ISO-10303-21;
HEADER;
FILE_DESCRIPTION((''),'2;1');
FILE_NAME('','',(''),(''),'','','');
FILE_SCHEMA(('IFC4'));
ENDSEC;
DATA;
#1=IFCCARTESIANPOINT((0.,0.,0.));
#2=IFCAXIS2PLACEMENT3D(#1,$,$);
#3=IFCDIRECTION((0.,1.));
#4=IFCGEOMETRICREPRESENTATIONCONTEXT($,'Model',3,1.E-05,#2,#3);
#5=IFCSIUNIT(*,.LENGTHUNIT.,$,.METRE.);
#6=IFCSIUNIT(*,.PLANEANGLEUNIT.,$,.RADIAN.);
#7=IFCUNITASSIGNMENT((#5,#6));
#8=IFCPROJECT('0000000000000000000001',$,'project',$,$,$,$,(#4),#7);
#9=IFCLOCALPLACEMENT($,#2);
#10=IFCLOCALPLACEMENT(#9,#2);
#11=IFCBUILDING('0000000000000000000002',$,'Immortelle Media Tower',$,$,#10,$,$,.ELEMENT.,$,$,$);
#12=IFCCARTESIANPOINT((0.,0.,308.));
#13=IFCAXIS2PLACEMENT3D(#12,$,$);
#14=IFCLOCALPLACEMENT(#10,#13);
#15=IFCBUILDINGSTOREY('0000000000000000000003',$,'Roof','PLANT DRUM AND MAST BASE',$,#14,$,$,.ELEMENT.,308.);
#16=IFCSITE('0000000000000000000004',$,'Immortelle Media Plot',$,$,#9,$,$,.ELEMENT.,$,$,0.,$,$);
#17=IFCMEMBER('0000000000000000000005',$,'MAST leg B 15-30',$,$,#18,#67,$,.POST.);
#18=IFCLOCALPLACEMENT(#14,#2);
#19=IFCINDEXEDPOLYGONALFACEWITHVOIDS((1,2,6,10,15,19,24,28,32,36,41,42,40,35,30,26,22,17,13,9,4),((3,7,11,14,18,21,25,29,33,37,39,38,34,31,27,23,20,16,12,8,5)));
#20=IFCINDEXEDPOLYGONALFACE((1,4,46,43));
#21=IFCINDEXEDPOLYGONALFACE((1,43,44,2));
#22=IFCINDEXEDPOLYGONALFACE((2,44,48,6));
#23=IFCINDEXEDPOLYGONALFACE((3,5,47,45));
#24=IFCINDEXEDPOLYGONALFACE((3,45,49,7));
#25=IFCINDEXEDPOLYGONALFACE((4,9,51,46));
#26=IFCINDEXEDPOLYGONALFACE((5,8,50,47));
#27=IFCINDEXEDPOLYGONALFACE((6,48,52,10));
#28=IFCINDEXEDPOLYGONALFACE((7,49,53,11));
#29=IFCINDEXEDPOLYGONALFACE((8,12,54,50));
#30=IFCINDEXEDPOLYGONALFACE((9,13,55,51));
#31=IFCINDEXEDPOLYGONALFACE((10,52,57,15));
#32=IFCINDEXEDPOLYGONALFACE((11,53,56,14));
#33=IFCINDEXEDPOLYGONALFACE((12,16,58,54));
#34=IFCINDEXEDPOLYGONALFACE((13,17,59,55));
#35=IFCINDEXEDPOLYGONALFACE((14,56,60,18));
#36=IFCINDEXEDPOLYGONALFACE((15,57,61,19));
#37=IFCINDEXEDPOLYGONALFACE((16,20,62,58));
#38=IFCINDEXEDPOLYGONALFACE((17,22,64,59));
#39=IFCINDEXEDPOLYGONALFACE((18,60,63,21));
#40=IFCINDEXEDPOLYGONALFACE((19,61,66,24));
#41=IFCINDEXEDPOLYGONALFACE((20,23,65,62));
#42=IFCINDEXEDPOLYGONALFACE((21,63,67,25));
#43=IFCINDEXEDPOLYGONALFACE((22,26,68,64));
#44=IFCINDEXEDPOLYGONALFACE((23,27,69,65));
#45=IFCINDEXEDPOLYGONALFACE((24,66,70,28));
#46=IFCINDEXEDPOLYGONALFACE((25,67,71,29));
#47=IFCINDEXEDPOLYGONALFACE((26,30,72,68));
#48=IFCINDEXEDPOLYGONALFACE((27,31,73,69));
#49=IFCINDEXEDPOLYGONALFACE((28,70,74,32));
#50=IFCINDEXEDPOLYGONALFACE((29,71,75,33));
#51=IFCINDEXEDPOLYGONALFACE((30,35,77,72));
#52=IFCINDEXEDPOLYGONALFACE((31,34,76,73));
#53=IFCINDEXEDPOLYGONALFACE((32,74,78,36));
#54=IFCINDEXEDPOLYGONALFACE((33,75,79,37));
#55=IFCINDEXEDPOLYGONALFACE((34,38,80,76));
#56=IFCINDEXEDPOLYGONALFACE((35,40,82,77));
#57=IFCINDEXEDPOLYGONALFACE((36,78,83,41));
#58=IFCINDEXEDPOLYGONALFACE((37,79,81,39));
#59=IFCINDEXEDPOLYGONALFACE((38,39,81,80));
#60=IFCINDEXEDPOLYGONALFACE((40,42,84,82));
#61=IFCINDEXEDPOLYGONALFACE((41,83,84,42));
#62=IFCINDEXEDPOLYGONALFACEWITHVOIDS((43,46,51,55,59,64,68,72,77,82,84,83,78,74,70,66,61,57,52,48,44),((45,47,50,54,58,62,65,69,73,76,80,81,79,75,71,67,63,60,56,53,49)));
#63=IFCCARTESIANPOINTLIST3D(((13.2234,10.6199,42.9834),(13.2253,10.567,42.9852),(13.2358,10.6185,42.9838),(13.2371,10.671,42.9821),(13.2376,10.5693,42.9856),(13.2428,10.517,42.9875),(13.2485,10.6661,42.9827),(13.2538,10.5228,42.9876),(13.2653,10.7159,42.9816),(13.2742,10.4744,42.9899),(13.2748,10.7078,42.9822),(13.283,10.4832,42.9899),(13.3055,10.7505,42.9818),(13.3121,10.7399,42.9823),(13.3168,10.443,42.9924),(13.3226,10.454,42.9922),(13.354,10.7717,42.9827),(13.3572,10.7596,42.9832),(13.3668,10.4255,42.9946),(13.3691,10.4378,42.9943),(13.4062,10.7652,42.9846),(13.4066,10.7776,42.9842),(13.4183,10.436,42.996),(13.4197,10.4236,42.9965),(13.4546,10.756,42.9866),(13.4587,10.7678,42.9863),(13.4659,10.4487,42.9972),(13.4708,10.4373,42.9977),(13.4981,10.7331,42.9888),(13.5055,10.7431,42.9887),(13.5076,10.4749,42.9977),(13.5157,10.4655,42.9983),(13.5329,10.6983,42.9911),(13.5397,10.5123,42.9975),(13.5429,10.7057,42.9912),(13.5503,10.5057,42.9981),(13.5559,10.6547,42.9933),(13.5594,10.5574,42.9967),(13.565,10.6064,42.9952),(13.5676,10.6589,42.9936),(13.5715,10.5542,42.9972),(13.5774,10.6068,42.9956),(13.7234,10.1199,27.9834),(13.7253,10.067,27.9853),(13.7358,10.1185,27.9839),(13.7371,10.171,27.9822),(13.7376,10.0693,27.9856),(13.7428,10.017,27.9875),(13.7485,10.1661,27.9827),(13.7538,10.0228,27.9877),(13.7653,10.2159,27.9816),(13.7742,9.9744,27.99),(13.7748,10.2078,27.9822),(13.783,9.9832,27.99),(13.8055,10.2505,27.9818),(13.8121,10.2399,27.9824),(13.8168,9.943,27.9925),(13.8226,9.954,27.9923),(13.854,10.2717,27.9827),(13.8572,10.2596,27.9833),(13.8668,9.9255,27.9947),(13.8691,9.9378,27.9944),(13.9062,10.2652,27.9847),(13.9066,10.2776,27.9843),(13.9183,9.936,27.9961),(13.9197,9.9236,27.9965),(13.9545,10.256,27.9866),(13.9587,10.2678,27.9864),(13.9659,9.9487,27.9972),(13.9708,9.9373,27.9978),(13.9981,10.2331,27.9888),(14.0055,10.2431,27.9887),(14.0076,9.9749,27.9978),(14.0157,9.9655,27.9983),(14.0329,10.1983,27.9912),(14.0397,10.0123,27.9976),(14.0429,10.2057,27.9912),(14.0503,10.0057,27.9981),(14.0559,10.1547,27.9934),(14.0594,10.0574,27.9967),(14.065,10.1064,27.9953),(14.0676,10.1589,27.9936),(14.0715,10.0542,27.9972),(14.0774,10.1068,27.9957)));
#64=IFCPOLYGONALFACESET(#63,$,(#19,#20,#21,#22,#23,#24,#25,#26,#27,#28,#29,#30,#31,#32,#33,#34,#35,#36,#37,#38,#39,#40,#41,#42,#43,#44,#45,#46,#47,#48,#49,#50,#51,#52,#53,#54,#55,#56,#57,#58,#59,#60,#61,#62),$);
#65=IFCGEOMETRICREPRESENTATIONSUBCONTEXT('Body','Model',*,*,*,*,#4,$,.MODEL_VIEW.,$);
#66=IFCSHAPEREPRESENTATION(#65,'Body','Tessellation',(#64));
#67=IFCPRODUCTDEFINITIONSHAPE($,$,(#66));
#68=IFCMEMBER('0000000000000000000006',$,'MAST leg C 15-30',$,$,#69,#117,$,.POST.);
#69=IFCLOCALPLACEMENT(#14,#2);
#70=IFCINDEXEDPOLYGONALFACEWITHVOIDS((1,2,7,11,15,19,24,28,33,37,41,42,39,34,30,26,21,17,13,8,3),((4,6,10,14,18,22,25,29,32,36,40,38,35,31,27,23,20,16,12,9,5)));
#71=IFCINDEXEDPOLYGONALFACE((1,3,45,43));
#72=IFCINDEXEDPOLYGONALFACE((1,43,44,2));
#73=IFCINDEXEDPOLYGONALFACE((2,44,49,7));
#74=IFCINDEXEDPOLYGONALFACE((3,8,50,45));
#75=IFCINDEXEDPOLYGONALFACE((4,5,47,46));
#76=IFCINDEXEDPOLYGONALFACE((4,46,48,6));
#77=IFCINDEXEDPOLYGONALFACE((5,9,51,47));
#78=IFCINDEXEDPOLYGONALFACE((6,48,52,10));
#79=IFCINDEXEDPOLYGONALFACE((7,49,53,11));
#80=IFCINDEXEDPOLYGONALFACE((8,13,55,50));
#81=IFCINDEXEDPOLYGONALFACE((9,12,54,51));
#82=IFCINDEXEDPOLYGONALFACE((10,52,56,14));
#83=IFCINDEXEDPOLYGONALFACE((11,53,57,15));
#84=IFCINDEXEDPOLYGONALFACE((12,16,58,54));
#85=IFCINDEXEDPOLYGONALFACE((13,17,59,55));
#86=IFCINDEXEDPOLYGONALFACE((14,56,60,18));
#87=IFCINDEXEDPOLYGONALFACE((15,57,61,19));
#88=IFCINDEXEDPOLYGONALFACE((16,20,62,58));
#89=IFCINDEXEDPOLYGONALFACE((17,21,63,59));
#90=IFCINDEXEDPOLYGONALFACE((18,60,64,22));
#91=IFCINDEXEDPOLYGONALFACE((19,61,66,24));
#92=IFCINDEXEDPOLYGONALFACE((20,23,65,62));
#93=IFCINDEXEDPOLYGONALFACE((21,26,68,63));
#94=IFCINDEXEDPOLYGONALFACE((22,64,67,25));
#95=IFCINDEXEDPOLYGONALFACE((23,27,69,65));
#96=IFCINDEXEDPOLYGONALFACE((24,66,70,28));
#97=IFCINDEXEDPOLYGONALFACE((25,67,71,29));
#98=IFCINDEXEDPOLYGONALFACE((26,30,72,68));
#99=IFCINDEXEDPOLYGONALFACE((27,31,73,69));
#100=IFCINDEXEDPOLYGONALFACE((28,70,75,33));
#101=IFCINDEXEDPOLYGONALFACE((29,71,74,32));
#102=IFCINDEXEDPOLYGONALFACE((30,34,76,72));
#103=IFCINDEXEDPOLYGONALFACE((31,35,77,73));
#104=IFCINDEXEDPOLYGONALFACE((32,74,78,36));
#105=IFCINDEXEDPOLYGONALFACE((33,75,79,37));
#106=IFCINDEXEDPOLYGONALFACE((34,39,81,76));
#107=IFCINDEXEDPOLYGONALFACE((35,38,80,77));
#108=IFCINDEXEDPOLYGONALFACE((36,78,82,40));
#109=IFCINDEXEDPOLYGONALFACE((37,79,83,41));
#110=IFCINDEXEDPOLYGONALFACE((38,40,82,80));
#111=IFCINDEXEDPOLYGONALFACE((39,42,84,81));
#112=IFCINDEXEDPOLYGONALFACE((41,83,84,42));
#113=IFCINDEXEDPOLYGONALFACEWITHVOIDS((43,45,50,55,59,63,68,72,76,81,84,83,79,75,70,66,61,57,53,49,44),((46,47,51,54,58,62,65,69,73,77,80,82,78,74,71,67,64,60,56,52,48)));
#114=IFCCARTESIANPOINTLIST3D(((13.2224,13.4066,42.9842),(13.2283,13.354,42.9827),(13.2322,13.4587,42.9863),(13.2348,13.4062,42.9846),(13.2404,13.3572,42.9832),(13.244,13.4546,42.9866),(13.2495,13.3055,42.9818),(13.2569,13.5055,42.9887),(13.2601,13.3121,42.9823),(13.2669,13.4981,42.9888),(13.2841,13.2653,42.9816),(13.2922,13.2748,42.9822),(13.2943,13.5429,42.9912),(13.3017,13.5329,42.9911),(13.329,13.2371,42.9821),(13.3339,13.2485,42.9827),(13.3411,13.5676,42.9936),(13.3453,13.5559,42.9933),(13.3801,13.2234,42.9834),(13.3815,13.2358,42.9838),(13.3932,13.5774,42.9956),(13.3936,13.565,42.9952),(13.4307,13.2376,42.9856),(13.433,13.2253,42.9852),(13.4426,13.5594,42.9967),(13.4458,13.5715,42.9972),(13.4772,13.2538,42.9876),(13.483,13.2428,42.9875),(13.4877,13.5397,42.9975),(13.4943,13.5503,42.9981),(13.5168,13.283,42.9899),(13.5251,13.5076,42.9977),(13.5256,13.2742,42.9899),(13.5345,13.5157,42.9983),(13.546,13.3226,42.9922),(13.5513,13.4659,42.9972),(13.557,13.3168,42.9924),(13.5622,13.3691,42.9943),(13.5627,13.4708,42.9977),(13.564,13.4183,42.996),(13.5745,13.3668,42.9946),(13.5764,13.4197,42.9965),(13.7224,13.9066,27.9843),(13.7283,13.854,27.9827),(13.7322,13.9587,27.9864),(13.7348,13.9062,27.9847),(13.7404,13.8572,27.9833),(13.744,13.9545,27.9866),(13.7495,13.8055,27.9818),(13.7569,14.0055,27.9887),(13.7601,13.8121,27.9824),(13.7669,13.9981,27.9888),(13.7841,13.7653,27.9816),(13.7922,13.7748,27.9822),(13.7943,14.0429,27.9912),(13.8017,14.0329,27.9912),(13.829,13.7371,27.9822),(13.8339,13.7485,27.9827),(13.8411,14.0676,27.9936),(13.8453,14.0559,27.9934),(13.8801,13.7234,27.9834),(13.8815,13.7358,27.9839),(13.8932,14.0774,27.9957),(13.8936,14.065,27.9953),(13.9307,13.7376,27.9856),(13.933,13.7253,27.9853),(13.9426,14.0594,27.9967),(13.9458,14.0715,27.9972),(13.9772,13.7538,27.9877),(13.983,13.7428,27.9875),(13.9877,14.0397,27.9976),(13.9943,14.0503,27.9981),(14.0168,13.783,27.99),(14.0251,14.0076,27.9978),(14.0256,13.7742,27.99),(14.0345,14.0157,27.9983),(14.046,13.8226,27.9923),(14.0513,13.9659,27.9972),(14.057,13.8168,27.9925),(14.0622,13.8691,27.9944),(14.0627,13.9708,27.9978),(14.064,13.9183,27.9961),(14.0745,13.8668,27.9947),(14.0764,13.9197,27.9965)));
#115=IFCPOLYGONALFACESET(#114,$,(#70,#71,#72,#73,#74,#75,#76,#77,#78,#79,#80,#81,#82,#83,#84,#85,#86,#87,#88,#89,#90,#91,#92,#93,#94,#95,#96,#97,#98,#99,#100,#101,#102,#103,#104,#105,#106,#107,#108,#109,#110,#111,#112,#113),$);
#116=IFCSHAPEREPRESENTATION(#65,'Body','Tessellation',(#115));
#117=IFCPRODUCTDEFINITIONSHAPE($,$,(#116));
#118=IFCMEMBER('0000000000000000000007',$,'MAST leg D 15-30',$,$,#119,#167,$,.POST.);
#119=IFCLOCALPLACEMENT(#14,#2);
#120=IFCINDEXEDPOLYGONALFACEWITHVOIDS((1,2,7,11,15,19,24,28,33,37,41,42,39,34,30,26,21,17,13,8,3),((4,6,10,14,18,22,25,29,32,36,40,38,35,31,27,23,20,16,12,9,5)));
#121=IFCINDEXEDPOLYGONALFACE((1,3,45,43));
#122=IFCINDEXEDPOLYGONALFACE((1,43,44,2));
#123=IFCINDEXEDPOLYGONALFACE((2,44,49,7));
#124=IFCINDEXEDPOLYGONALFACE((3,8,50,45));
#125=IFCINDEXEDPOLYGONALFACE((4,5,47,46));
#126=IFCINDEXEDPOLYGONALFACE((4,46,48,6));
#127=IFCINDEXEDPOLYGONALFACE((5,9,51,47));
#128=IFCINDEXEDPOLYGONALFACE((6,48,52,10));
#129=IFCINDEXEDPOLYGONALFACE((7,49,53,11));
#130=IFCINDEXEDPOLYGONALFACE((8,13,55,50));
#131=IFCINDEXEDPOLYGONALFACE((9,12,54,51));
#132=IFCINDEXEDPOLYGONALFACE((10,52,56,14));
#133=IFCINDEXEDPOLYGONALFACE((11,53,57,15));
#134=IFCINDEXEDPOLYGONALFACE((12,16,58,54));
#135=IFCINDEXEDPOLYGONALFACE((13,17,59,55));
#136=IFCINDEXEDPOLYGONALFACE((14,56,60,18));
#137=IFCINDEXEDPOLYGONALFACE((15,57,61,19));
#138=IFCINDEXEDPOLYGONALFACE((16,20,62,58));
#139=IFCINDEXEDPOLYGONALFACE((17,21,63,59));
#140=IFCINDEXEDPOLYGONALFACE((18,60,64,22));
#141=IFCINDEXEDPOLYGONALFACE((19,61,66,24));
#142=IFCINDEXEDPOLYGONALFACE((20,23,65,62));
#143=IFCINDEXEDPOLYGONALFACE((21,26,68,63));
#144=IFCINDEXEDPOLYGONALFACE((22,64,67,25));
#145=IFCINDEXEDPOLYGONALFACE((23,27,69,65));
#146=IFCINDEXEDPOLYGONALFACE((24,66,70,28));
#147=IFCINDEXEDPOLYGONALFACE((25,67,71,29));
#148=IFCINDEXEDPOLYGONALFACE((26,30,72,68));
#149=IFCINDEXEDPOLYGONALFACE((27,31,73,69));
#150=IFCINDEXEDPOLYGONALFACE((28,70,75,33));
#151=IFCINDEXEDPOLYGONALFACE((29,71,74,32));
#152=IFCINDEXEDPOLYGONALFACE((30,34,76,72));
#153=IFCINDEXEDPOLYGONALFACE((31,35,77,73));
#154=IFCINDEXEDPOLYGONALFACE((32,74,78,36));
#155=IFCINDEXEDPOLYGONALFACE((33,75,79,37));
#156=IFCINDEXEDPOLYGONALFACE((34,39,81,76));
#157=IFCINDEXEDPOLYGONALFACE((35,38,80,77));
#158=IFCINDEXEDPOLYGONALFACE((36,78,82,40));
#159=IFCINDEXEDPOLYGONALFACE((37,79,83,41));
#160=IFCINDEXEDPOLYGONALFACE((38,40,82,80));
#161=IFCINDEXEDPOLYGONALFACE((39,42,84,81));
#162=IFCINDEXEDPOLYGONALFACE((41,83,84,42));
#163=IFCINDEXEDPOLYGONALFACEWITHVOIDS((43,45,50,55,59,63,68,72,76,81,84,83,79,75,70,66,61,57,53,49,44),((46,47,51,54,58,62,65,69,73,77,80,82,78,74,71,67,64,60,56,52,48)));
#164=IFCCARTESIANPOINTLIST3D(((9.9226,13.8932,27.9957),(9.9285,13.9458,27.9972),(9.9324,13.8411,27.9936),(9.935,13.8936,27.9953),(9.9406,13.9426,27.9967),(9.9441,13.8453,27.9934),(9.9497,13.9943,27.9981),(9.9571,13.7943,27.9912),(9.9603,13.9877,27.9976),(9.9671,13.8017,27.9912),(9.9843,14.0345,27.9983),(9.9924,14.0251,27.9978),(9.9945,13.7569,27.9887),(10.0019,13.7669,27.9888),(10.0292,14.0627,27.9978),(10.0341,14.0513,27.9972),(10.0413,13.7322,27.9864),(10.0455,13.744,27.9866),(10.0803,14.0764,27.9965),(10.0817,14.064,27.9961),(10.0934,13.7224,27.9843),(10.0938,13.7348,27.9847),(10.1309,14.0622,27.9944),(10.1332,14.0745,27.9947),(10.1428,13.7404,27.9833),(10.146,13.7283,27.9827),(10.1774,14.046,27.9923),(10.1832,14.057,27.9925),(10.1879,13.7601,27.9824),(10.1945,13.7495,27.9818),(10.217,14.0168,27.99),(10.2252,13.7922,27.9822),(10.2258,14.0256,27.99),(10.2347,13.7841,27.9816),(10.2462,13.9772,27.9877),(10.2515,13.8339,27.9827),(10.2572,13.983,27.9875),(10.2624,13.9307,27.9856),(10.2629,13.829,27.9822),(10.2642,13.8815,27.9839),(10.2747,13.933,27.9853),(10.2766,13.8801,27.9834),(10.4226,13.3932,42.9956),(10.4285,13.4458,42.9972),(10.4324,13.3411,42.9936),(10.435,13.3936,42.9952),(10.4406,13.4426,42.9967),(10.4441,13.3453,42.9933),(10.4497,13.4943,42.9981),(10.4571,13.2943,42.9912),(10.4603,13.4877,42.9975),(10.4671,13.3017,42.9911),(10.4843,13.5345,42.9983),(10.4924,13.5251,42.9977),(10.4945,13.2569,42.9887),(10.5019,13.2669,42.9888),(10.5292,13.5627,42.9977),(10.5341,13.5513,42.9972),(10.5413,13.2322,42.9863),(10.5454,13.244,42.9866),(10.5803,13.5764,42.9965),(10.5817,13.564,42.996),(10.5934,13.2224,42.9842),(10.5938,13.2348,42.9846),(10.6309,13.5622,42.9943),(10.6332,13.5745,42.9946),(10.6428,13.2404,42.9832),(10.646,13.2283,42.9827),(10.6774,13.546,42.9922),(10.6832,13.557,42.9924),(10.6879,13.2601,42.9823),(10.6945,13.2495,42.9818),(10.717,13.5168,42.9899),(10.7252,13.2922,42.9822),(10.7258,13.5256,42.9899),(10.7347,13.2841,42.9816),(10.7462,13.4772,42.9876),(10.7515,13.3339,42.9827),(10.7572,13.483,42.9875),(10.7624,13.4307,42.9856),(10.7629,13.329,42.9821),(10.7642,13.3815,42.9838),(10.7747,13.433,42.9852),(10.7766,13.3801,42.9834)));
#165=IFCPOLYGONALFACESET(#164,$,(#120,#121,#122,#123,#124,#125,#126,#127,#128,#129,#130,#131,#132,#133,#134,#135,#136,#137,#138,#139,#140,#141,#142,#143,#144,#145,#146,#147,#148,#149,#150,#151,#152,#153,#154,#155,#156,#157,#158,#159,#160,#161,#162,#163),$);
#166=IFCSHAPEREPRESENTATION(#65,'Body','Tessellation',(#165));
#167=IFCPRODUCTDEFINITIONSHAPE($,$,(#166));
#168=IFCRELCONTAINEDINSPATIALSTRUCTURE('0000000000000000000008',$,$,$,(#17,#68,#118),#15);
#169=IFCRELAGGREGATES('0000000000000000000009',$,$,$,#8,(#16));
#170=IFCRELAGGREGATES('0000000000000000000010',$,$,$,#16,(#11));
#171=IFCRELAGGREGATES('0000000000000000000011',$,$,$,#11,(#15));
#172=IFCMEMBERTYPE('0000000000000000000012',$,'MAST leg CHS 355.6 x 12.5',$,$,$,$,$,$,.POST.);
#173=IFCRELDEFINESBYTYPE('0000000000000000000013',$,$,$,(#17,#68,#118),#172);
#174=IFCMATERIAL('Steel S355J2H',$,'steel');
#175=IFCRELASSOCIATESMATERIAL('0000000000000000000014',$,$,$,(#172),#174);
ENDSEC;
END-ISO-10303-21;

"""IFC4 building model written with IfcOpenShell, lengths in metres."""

from ifc_helpers import new_model, si_unit, direction, frame, origin, origin_2d, place, context, subcontext, project, spatial, hollow_circle, extrude, material, material_profile, profile_set, type_object, element, save


model = new_model("IFC4")

# Units and contexts
model_context = context("Model", 3, precision=1e-05, world=origin(), true_north=direction((0.0, 1.0)))
body_context = subcontext(model_context, "Body", "Model", "MODEL_VIEW")
ifc_project = project(units=[si_unit("LENGTHUNIT", "METRE"), si_unit("PLANEANGLEUNIT", "RADIAN")], contexts=[model_context])

# Site, building, storey
site_placement = place(None, origin())
site = spatial("IfcSite", under=ifc_project, at=site_placement, Name="Immortelle Media Plot", CompositionType="ELEMENT", RefElevation=0.0)
building_placement = place(site_placement, origin())
building = spatial("IfcBuilding", under=site, at=building_placement, Name="Immortelle Media Tower", CompositionType="ELEMENT")
storey_placement = place(building_placement, frame((0.0, 0.0, 308.0)))
storey = spatial("IfcBuildingStorey", under=building, at=storey_placement, Name="Roof", Description="PLANT DRUM AND MAST BASE", CompositionType="ELEMENT", Elevation=308.0)

# Members
ifc_material_1 = material(Name="Steel S355J2H", Category="steel")
ifc_material_profile_1 = material_profile(ifc_material_1, hollow_circle(Radius=0.1777, WallThickness=0.0125, at=origin_2d()), Name="CHS 355.6 x 12.5")
ifc_profile_set_1 = profile_set([ifc_material_profile_1], Name="Steel S355J2H")
member_type_1 = type_object("IfcMemberType", Name="MAST leg CHS 355.6 x 12.5", PredefinedType="POST", material=ifc_profile_set_1)
for number, where, z_axis, x_axis, name in (
    (1, (13.8999, 10.1001, 27.99), (-0.033296, 0.033296, 0.998891), (-0.707107, -0.707107, 0.0), "MAST leg B 15-30"),
    (2, (13.8999, 13.8999, 27.99), (-0.033296, -0.033296, 0.998891), (0.707107, -0.707107, 0.0), "MAST leg C 15-30"),
    (3, (10.1001, 13.8999, 27.99), (0.033296, -0.033296, 0.998891), (0.707107, 0.707107, 0.0), "MAST leg D 15-30"),
):
    element("IfcMember", number, at=place(storey_placement, frame(where, z_axis=z_axis, x_axis=x_axis)), inside=storey, type_object=member_type_1, Name=name, PredefinedType="POST", context=body_context, shape_type="SweptSolid", body=[
        extrude(hollow_circle(Radius=0.1777, WallThickness=0.0125, at=origin_2d()), origin(), (0.0, 0.0, 1.0), 15.0166),
    ])

save(model, "model.ifc")
